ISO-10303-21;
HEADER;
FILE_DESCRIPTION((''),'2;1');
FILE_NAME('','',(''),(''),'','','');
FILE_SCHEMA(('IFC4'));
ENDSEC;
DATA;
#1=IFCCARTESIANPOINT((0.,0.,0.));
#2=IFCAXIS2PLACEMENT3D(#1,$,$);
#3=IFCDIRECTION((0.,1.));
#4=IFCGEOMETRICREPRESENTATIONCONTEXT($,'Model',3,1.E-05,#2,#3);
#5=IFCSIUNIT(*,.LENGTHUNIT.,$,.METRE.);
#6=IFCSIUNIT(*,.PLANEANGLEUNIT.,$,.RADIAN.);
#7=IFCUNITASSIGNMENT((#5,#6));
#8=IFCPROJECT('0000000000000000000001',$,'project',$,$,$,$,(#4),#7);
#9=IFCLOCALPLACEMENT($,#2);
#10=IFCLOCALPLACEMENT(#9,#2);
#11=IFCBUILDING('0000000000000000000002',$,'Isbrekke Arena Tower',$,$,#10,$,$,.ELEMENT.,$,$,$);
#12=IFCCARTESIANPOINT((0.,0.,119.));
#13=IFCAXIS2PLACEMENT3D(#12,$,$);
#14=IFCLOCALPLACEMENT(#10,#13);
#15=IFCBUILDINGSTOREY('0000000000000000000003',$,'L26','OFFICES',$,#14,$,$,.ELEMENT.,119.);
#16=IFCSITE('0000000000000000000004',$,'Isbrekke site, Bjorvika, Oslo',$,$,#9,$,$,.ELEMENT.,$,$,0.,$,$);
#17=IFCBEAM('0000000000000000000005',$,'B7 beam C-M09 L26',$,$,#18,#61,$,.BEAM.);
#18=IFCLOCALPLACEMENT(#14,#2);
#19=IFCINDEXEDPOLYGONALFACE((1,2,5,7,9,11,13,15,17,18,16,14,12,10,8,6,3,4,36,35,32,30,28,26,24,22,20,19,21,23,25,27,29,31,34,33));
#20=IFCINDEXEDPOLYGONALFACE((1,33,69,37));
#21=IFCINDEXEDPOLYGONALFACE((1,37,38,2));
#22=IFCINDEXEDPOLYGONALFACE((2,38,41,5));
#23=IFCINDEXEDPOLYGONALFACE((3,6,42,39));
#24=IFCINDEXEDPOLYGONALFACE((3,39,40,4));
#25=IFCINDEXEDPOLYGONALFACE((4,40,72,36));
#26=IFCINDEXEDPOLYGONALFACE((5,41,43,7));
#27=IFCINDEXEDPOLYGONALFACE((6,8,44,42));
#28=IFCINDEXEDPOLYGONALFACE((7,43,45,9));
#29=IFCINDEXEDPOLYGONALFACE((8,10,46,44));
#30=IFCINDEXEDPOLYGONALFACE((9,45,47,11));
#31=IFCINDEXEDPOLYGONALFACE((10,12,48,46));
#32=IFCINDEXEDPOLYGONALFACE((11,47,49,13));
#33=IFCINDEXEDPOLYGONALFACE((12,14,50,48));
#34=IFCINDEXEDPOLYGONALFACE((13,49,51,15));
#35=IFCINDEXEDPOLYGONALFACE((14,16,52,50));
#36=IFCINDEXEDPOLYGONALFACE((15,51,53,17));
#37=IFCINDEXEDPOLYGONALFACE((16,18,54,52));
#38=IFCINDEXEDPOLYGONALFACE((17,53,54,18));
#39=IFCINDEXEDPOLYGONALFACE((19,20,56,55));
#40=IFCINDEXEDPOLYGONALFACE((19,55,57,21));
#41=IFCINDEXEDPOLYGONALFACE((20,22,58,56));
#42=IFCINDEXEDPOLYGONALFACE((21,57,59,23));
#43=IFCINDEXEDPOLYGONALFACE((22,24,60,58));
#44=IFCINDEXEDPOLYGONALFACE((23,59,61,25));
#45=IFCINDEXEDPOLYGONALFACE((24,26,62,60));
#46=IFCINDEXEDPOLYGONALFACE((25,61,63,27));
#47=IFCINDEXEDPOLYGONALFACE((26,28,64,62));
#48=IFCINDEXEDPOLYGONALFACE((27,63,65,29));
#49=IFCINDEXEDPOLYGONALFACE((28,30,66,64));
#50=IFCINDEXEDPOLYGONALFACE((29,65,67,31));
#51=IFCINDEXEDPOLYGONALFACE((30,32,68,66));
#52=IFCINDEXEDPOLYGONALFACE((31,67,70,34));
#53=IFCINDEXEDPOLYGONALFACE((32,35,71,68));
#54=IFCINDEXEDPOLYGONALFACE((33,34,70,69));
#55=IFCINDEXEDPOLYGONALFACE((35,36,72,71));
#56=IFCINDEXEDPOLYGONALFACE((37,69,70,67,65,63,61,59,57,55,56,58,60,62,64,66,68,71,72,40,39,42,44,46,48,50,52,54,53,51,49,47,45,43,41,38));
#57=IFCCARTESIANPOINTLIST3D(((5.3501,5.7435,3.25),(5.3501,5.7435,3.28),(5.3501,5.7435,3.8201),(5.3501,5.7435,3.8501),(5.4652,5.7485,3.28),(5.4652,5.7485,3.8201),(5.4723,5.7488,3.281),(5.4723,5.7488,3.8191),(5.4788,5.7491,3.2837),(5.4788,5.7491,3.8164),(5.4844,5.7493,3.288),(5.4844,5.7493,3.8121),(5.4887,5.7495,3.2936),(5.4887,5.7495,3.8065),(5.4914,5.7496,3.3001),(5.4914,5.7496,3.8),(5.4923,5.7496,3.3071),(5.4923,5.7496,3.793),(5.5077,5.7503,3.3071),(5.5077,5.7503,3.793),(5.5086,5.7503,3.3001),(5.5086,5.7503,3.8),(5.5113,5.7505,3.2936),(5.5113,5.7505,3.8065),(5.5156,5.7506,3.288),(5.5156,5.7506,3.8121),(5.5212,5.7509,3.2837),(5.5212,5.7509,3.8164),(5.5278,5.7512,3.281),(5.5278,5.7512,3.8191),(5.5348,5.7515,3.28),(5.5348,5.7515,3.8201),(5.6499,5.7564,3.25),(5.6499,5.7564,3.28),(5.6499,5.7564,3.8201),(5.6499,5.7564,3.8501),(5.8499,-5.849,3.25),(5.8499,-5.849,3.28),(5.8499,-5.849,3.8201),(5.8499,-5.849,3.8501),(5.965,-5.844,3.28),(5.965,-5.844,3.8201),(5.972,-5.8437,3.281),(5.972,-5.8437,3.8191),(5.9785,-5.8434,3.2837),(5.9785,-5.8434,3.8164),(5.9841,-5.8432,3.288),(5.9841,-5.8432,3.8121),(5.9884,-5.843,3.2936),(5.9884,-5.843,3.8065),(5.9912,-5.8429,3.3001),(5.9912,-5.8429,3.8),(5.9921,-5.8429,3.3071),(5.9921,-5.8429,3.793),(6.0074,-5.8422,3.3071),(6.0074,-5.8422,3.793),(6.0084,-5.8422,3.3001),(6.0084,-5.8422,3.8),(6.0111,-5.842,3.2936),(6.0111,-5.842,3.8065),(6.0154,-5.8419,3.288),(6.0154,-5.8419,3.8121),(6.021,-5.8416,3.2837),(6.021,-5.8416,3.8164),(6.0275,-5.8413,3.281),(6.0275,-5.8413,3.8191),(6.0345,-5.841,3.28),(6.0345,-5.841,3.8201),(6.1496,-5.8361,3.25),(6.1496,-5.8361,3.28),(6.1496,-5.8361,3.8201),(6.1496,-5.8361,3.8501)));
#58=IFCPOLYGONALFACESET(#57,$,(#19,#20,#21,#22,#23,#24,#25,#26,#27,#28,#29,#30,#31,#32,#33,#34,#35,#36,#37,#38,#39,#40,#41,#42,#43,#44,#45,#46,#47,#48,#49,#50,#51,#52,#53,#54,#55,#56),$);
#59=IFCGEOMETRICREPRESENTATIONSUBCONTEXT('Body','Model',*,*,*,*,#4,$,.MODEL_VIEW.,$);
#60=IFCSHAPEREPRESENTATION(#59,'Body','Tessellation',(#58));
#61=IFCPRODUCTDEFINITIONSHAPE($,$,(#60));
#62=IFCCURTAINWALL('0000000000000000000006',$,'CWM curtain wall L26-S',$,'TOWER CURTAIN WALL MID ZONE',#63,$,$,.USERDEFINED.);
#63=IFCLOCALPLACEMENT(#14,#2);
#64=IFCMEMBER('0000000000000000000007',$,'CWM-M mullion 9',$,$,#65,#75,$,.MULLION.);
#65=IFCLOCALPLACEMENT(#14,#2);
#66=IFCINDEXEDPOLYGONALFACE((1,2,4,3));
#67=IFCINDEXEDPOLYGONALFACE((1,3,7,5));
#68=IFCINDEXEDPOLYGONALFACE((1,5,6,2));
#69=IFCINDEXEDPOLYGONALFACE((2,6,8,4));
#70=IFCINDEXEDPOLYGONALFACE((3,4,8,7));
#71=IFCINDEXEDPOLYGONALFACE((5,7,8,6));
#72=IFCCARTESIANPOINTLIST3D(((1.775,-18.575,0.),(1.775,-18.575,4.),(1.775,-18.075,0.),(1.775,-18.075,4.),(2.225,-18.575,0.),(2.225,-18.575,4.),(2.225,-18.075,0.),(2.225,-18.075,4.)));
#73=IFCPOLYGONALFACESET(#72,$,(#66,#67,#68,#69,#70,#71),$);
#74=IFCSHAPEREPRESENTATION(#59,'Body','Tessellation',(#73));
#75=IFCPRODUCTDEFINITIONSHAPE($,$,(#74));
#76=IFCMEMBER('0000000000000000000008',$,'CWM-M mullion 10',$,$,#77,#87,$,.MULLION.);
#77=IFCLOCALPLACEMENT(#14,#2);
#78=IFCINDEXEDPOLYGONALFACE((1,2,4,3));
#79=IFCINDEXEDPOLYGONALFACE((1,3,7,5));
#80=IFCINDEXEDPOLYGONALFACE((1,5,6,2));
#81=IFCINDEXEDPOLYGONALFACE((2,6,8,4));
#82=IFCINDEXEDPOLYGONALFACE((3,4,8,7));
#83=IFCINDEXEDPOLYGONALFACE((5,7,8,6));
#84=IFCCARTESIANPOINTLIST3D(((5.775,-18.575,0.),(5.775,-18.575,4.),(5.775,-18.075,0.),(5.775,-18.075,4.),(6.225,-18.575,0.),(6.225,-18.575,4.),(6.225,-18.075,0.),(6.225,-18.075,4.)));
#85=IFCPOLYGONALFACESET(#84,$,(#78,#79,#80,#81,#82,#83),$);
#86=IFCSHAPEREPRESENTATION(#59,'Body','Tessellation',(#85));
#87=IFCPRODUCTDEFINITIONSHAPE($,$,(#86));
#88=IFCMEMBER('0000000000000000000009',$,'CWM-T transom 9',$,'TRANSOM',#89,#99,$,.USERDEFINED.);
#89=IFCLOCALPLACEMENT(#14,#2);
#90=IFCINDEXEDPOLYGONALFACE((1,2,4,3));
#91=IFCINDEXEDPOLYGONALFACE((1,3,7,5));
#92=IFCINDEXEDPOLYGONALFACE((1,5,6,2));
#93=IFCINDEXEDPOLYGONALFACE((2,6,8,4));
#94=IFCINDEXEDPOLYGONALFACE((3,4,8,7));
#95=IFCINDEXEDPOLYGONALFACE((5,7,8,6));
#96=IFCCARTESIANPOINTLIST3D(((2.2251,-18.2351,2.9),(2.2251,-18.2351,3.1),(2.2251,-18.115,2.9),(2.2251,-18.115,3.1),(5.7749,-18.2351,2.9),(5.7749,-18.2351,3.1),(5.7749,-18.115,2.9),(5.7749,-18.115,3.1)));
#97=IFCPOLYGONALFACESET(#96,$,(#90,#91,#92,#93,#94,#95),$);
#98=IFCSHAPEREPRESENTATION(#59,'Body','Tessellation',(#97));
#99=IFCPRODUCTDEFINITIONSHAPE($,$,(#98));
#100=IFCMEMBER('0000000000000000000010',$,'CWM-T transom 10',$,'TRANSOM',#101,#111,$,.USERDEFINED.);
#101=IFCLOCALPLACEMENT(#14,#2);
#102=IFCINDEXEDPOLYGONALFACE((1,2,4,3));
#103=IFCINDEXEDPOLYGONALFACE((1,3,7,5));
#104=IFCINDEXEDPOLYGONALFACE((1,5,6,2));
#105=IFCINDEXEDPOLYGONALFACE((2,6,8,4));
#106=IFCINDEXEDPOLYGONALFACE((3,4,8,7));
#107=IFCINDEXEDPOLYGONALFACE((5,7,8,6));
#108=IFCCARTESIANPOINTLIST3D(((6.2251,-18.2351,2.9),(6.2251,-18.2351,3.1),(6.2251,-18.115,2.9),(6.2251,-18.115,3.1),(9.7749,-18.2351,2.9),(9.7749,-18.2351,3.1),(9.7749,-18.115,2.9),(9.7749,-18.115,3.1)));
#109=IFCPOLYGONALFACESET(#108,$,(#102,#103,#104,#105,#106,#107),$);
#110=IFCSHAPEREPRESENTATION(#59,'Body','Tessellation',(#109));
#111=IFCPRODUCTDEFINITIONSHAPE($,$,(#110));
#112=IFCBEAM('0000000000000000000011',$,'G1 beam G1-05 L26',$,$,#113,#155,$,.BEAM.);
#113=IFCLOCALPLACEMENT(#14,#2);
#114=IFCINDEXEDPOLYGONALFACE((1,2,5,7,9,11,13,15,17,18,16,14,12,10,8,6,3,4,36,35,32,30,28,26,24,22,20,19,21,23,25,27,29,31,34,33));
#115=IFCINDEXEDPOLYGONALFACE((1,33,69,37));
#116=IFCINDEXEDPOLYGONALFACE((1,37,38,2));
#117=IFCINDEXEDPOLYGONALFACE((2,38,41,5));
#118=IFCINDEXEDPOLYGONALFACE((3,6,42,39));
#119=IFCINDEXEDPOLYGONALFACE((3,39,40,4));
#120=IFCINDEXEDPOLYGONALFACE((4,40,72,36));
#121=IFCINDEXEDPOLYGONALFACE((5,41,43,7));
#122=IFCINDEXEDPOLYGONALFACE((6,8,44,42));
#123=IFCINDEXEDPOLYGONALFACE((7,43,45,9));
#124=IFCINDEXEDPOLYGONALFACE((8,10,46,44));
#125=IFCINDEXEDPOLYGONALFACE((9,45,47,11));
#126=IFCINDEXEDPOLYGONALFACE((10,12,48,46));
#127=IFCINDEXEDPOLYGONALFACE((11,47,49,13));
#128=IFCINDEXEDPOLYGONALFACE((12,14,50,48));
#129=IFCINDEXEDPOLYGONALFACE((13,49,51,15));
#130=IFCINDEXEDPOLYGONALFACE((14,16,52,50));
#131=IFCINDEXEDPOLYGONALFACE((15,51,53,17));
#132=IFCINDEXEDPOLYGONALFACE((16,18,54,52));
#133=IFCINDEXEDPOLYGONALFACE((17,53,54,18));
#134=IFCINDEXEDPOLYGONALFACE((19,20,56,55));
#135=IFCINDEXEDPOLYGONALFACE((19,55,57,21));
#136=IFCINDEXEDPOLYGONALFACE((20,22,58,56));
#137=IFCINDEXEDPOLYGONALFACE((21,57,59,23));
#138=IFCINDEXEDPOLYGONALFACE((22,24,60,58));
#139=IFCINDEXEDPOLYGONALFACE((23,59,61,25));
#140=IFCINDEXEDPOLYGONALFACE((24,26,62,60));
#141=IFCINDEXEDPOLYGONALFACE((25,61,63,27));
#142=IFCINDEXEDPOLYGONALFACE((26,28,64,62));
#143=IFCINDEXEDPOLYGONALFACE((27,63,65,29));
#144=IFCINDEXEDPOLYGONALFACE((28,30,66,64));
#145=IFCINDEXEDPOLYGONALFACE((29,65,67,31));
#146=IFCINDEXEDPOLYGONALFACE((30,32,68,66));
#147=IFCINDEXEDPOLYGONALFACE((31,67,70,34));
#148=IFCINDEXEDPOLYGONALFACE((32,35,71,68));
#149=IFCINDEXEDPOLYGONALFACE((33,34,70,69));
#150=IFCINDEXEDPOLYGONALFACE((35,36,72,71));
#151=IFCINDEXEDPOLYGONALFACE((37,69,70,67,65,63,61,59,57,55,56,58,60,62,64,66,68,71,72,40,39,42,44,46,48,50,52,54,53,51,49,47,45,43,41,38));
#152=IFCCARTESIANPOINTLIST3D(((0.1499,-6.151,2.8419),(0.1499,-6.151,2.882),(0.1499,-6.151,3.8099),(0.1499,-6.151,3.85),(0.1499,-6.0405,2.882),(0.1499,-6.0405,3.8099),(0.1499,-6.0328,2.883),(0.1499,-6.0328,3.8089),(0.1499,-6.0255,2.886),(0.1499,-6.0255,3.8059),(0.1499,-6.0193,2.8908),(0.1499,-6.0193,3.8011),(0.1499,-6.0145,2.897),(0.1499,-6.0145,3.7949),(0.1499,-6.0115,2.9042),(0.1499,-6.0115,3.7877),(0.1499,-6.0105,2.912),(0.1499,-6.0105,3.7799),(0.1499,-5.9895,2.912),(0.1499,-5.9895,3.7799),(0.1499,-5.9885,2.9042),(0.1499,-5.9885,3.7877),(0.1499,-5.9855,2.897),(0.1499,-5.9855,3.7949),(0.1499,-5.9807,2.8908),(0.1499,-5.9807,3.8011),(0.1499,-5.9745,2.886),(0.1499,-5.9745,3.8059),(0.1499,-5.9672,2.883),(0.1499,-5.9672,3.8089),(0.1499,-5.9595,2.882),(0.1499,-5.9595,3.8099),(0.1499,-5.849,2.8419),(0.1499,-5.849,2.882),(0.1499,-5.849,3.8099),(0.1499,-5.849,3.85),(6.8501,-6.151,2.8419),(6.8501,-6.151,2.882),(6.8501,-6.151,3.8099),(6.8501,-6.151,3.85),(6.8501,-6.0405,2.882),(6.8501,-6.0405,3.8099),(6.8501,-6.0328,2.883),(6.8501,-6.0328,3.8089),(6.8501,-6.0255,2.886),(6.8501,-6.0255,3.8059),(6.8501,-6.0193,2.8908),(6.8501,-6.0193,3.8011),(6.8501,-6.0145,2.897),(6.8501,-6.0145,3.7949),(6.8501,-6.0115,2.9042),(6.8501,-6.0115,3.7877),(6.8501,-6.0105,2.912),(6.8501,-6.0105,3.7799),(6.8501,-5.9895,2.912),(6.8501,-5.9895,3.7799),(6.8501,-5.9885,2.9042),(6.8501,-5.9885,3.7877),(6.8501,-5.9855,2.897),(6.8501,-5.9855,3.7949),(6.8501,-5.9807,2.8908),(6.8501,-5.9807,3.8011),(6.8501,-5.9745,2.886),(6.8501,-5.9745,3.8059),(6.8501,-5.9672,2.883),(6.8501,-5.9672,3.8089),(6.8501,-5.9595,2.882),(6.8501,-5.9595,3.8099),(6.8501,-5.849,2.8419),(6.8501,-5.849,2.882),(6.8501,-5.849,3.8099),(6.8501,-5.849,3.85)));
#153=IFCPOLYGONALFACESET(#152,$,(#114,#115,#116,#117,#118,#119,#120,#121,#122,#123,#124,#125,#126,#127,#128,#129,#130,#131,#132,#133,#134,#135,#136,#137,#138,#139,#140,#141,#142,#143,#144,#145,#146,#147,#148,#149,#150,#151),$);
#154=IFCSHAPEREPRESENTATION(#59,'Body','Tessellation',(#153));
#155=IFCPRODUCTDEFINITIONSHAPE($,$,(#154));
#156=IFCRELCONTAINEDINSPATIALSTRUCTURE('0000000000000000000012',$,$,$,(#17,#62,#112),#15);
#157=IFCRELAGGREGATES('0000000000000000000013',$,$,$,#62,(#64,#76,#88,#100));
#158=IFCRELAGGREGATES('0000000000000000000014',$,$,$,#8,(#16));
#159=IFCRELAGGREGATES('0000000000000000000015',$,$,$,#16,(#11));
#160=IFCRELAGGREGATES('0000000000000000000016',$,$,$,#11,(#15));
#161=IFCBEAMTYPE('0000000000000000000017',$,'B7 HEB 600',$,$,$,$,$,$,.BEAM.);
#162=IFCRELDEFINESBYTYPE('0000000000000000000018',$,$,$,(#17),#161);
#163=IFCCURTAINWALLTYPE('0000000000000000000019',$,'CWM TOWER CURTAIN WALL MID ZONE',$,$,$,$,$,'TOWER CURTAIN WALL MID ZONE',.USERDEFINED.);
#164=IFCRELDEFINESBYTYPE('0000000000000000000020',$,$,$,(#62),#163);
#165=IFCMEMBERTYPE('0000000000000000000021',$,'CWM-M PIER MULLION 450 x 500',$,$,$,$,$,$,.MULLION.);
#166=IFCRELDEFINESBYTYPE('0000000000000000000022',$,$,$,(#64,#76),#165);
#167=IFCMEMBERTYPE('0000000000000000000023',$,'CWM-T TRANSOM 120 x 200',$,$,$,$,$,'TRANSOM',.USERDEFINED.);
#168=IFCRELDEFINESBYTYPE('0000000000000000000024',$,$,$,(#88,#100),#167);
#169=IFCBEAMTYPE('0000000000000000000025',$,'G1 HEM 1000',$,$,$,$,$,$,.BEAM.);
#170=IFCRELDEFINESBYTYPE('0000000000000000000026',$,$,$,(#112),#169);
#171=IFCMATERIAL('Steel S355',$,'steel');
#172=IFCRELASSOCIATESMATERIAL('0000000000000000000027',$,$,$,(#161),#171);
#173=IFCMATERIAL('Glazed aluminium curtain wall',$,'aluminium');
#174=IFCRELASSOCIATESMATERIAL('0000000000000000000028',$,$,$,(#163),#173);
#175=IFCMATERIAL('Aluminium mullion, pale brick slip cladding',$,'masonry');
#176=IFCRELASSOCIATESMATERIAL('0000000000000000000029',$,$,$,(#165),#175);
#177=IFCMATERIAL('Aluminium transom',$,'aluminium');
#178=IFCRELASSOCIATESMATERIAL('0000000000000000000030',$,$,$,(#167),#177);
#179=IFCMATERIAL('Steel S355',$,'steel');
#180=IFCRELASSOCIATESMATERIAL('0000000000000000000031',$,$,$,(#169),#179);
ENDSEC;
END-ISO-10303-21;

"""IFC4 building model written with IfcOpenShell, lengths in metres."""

from ifc_helpers import new_model, si_unit, direction, frame, origin, origin_2d, place, context, subcontext, project, spatial, rectangle, i_section, extrude, material, material_profile, profile_set, type_object, element, aggregate, save


model = new_model("IFC4")

# Units and contexts
model_context = context("Model", 3, precision=1e-05, world=origin(), true_north=direction((0.0, 1.0)))
body_context = subcontext(model_context, "Body", "Model", "MODEL_VIEW")
ifc_project = project(units=[si_unit("LENGTHUNIT", "METRE"), si_unit("PLANEANGLEUNIT", "RADIAN")], contexts=[model_context])

# Site, building, storey
site_placement = place(None, origin())
site = spatial("IfcSite", under=ifc_project, at=site_placement, Name="Isbrekke site, Bjorvika, Oslo", CompositionType="ELEMENT", RefElevation=0.0)
building_placement = place(site_placement, origin())
building = spatial("IfcBuilding", under=site, at=building_placement, Name="Isbrekke Arena Tower", CompositionType="ELEMENT")
storey_placement = place(building_placement, frame((0.0, 0.0, 119.0)))
storey = spatial("IfcBuildingStorey", under=building, at=storey_placement, Name="L26", Description="OFFICES", CompositionType="ELEMENT", Elevation=119.0)

# Beam
ifc_material_1 = material(Name="Steel S355", Category="steel")
ifc_material_profile_1 = material_profile(ifc_material_1, i_section(OverallWidth=0.3, OverallDepth=0.6001, WebThickness=0.0154, FlangeThickness=0.03, FilletRadius=0.0271, at=origin_2d()), Name="HEB 600")
ifc_profile_set_1 = profile_set([ifc_material_profile_1], Name="Steel S355")
beam_type_1 = type_object("IfcBeamType", Name="B7 HEB 600", PredefinedType="BEAM", material=ifc_profile_set_1)
beam_1_placement = place(storey_placement, frame((5.9998, -5.8425, 3.55), z_axis=(-0.04307, 0.999072, 0.0), x_axis=(-0.999072, -0.04307, 0.0)))
element("IfcBeam", 1, at=beam_1_placement, inside=storey, type_object=beam_type_1, Name="B7 beam C-M09 L26", PredefinedType="BEAM", context=body_context, shape_type="SweptSolid", body=[
    extrude(i_section(OverallWidth=0.3, OverallDepth=0.6001, WebThickness=0.0154, FlangeThickness=0.03, FilletRadius=0.0271, at=origin_2d()), origin(), (0.0, 0.0, 1.0), 11.6033),
])

# Curtain wall, members
ifc_material_2 = material(Name="Glazed aluminium curtain wall", Category="aluminium")
curtain_wall_type = type_object("IfcCurtainWallType", Name="CWM TOWER CURTAIN WALL MID ZONE", ElementType="TOWER CURTAIN WALL MID ZONE", PredefinedType="USERDEFINED", material=ifc_material_2)
curtain_wall_placement = place(storey_placement, origin())
curtain_wall = element("IfcCurtainWall", 2, at=curtain_wall_placement, inside=storey, type_object=curtain_wall_type, Name="CWM curtain wall L26-S", ObjectType="TOWER CURTAIN WALL MID ZONE", PredefinedType="USERDEFINED")
ifc_material_3 = material(Name="Aluminium mullion, pale brick slip cladding", Category="masonry")
ifc_material_profile_2 = material_profile(ifc_material_3, rectangle(XDim=0.45, YDim=0.5, at=origin_2d()), Name="PIER 450X500")
ifc_profile_set_2 = profile_set([ifc_material_profile_2], Name="Aluminium mullion, pale brick slip cladding")
member_type_1 = type_object("IfcMemberType", Name="CWM-M PIER MULLION 450 x 500", PredefinedType="MULLION", material=ifc_profile_set_2)
member_1_placement = place(storey_placement, frame((2.0, -18.325, 0.0), z_axis=(0.0, 0.0, 1.0), x_axis=(1.0, 0.0, 0.0)))
member_1 = element("IfcMember", 3, at=member_1_placement, type_object=member_type_1, Name="CWM-M mullion 9", PredefinedType="MULLION", context=body_context, shape_type="SweptSolid", body=[
    extrude(rectangle(XDim=0.45, YDim=0.5, at=origin_2d()), origin(), (0.0, 0.0, 1.0), 4.0),
])
member_2_placement = place(storey_placement, frame((6.0, -18.325, 0.0), z_axis=(0.0, 0.0, 1.0), x_axis=(1.0, 0.0, 0.0)))
member_2 = element("IfcMember", 4, at=member_2_placement, type_object=member_type_1, Name="CWM-M mullion 10", PredefinedType="MULLION", context=body_context, shape_type="SweptSolid", body=[
    extrude(rectangle(XDim=0.45, YDim=0.5, at=origin_2d()), origin(), (0.0, 0.0, 1.0), 4.0),
])
ifc_material_4 = material(Name="Aluminium transom", Category="aluminium")
ifc_material_profile_3 = material_profile(ifc_material_4, rectangle(XDim=0.1201, YDim=0.2, at=origin_2d()), Name="TRANSOM 120X200")
ifc_profile_set_3 = profile_set([ifc_material_profile_3], Name="Aluminium transom")
member_type_2 = type_object("IfcMemberType", Name="CWM-T TRANSOM 120 x 200", ElementType="TRANSOM", PredefinedType="USERDEFINED", material=ifc_profile_set_3)
member_3_placement = place(storey_placement, frame((2.2251, -18.175, 3.0), z_axis=(1.0, 0.0, 0.0), x_axis=(0.0, 1.0, 0.0)))
member_3 = element("IfcMember", 5, at=member_3_placement, type_object=member_type_2, Name="CWM-T transom 9", ObjectType="TRANSOM", PredefinedType="USERDEFINED", context=body_context, shape_type="SweptSolid", body=[
    extrude(rectangle(XDim=0.1201, YDim=0.2, at=origin_2d()), origin(), (0.0, 0.0, 1.0), 3.5498),
])
member_4_placement = place(storey_placement, frame((6.2251, -18.175, 3.0), z_axis=(1.0, 0.0, 0.0), x_axis=(0.0, 1.0, 0.0)))
member_4 = element("IfcMember", 6, at=member_4_placement, type_object=member_type_2, Name="CWM-T transom 10", ObjectType="TRANSOM", PredefinedType="USERDEFINED", context=body_context, shape_type="SweptSolid", body=[
    extrude(rectangle(XDim=0.1201, YDim=0.2, at=origin_2d()), origin(), (0.0, 0.0, 1.0), 3.5498),
])

# Beam
ifc_material_5 = material(Name="Steel S355", Category="steel")
ifc_material_profile_4 = material_profile(ifc_material_5, i_section(OverallWidth=0.302, OverallDepth=1.0081, WebThickness=0.021, FlangeThickness=0.04, FilletRadius=0.03, at=origin_2d()), Name="HEM 1000")
ifc_profile_set_4 = profile_set([ifc_material_profile_4], Name="Steel S355")
beam_type_2 = type_object("IfcBeamType", Name="G1 HEM 1000", PredefinedType="BEAM", material=ifc_profile_set_4)
for number, where, z_axis, x_axis, name in (
    (7, (0.1499, -6.0, 3.3459), (1.0, 0.0, 0.0), (0.0, 1.0, 0.0), "G1 beam G1-05 L26"),
):
    element("IfcBeam", number, at=place(storey_placement, frame(where, z_axis=z_axis, x_axis=x_axis)), inside=storey, type_object=beam_type_2, Name=name, PredefinedType="BEAM", context=body_context, shape_type="SweptSolid", body=[
        extrude(i_section(OverallWidth=0.302, OverallDepth=1.0081, WebThickness=0.021, FlangeThickness=0.04, FilletRadius=0.03, at=origin_2d()), origin(), (0.0, 0.0, 1.0), 6.7002),
    ])

aggregate(curtain_wall, [member_1, member_2, member_3, member_4])

save(model, "model.ifc")
